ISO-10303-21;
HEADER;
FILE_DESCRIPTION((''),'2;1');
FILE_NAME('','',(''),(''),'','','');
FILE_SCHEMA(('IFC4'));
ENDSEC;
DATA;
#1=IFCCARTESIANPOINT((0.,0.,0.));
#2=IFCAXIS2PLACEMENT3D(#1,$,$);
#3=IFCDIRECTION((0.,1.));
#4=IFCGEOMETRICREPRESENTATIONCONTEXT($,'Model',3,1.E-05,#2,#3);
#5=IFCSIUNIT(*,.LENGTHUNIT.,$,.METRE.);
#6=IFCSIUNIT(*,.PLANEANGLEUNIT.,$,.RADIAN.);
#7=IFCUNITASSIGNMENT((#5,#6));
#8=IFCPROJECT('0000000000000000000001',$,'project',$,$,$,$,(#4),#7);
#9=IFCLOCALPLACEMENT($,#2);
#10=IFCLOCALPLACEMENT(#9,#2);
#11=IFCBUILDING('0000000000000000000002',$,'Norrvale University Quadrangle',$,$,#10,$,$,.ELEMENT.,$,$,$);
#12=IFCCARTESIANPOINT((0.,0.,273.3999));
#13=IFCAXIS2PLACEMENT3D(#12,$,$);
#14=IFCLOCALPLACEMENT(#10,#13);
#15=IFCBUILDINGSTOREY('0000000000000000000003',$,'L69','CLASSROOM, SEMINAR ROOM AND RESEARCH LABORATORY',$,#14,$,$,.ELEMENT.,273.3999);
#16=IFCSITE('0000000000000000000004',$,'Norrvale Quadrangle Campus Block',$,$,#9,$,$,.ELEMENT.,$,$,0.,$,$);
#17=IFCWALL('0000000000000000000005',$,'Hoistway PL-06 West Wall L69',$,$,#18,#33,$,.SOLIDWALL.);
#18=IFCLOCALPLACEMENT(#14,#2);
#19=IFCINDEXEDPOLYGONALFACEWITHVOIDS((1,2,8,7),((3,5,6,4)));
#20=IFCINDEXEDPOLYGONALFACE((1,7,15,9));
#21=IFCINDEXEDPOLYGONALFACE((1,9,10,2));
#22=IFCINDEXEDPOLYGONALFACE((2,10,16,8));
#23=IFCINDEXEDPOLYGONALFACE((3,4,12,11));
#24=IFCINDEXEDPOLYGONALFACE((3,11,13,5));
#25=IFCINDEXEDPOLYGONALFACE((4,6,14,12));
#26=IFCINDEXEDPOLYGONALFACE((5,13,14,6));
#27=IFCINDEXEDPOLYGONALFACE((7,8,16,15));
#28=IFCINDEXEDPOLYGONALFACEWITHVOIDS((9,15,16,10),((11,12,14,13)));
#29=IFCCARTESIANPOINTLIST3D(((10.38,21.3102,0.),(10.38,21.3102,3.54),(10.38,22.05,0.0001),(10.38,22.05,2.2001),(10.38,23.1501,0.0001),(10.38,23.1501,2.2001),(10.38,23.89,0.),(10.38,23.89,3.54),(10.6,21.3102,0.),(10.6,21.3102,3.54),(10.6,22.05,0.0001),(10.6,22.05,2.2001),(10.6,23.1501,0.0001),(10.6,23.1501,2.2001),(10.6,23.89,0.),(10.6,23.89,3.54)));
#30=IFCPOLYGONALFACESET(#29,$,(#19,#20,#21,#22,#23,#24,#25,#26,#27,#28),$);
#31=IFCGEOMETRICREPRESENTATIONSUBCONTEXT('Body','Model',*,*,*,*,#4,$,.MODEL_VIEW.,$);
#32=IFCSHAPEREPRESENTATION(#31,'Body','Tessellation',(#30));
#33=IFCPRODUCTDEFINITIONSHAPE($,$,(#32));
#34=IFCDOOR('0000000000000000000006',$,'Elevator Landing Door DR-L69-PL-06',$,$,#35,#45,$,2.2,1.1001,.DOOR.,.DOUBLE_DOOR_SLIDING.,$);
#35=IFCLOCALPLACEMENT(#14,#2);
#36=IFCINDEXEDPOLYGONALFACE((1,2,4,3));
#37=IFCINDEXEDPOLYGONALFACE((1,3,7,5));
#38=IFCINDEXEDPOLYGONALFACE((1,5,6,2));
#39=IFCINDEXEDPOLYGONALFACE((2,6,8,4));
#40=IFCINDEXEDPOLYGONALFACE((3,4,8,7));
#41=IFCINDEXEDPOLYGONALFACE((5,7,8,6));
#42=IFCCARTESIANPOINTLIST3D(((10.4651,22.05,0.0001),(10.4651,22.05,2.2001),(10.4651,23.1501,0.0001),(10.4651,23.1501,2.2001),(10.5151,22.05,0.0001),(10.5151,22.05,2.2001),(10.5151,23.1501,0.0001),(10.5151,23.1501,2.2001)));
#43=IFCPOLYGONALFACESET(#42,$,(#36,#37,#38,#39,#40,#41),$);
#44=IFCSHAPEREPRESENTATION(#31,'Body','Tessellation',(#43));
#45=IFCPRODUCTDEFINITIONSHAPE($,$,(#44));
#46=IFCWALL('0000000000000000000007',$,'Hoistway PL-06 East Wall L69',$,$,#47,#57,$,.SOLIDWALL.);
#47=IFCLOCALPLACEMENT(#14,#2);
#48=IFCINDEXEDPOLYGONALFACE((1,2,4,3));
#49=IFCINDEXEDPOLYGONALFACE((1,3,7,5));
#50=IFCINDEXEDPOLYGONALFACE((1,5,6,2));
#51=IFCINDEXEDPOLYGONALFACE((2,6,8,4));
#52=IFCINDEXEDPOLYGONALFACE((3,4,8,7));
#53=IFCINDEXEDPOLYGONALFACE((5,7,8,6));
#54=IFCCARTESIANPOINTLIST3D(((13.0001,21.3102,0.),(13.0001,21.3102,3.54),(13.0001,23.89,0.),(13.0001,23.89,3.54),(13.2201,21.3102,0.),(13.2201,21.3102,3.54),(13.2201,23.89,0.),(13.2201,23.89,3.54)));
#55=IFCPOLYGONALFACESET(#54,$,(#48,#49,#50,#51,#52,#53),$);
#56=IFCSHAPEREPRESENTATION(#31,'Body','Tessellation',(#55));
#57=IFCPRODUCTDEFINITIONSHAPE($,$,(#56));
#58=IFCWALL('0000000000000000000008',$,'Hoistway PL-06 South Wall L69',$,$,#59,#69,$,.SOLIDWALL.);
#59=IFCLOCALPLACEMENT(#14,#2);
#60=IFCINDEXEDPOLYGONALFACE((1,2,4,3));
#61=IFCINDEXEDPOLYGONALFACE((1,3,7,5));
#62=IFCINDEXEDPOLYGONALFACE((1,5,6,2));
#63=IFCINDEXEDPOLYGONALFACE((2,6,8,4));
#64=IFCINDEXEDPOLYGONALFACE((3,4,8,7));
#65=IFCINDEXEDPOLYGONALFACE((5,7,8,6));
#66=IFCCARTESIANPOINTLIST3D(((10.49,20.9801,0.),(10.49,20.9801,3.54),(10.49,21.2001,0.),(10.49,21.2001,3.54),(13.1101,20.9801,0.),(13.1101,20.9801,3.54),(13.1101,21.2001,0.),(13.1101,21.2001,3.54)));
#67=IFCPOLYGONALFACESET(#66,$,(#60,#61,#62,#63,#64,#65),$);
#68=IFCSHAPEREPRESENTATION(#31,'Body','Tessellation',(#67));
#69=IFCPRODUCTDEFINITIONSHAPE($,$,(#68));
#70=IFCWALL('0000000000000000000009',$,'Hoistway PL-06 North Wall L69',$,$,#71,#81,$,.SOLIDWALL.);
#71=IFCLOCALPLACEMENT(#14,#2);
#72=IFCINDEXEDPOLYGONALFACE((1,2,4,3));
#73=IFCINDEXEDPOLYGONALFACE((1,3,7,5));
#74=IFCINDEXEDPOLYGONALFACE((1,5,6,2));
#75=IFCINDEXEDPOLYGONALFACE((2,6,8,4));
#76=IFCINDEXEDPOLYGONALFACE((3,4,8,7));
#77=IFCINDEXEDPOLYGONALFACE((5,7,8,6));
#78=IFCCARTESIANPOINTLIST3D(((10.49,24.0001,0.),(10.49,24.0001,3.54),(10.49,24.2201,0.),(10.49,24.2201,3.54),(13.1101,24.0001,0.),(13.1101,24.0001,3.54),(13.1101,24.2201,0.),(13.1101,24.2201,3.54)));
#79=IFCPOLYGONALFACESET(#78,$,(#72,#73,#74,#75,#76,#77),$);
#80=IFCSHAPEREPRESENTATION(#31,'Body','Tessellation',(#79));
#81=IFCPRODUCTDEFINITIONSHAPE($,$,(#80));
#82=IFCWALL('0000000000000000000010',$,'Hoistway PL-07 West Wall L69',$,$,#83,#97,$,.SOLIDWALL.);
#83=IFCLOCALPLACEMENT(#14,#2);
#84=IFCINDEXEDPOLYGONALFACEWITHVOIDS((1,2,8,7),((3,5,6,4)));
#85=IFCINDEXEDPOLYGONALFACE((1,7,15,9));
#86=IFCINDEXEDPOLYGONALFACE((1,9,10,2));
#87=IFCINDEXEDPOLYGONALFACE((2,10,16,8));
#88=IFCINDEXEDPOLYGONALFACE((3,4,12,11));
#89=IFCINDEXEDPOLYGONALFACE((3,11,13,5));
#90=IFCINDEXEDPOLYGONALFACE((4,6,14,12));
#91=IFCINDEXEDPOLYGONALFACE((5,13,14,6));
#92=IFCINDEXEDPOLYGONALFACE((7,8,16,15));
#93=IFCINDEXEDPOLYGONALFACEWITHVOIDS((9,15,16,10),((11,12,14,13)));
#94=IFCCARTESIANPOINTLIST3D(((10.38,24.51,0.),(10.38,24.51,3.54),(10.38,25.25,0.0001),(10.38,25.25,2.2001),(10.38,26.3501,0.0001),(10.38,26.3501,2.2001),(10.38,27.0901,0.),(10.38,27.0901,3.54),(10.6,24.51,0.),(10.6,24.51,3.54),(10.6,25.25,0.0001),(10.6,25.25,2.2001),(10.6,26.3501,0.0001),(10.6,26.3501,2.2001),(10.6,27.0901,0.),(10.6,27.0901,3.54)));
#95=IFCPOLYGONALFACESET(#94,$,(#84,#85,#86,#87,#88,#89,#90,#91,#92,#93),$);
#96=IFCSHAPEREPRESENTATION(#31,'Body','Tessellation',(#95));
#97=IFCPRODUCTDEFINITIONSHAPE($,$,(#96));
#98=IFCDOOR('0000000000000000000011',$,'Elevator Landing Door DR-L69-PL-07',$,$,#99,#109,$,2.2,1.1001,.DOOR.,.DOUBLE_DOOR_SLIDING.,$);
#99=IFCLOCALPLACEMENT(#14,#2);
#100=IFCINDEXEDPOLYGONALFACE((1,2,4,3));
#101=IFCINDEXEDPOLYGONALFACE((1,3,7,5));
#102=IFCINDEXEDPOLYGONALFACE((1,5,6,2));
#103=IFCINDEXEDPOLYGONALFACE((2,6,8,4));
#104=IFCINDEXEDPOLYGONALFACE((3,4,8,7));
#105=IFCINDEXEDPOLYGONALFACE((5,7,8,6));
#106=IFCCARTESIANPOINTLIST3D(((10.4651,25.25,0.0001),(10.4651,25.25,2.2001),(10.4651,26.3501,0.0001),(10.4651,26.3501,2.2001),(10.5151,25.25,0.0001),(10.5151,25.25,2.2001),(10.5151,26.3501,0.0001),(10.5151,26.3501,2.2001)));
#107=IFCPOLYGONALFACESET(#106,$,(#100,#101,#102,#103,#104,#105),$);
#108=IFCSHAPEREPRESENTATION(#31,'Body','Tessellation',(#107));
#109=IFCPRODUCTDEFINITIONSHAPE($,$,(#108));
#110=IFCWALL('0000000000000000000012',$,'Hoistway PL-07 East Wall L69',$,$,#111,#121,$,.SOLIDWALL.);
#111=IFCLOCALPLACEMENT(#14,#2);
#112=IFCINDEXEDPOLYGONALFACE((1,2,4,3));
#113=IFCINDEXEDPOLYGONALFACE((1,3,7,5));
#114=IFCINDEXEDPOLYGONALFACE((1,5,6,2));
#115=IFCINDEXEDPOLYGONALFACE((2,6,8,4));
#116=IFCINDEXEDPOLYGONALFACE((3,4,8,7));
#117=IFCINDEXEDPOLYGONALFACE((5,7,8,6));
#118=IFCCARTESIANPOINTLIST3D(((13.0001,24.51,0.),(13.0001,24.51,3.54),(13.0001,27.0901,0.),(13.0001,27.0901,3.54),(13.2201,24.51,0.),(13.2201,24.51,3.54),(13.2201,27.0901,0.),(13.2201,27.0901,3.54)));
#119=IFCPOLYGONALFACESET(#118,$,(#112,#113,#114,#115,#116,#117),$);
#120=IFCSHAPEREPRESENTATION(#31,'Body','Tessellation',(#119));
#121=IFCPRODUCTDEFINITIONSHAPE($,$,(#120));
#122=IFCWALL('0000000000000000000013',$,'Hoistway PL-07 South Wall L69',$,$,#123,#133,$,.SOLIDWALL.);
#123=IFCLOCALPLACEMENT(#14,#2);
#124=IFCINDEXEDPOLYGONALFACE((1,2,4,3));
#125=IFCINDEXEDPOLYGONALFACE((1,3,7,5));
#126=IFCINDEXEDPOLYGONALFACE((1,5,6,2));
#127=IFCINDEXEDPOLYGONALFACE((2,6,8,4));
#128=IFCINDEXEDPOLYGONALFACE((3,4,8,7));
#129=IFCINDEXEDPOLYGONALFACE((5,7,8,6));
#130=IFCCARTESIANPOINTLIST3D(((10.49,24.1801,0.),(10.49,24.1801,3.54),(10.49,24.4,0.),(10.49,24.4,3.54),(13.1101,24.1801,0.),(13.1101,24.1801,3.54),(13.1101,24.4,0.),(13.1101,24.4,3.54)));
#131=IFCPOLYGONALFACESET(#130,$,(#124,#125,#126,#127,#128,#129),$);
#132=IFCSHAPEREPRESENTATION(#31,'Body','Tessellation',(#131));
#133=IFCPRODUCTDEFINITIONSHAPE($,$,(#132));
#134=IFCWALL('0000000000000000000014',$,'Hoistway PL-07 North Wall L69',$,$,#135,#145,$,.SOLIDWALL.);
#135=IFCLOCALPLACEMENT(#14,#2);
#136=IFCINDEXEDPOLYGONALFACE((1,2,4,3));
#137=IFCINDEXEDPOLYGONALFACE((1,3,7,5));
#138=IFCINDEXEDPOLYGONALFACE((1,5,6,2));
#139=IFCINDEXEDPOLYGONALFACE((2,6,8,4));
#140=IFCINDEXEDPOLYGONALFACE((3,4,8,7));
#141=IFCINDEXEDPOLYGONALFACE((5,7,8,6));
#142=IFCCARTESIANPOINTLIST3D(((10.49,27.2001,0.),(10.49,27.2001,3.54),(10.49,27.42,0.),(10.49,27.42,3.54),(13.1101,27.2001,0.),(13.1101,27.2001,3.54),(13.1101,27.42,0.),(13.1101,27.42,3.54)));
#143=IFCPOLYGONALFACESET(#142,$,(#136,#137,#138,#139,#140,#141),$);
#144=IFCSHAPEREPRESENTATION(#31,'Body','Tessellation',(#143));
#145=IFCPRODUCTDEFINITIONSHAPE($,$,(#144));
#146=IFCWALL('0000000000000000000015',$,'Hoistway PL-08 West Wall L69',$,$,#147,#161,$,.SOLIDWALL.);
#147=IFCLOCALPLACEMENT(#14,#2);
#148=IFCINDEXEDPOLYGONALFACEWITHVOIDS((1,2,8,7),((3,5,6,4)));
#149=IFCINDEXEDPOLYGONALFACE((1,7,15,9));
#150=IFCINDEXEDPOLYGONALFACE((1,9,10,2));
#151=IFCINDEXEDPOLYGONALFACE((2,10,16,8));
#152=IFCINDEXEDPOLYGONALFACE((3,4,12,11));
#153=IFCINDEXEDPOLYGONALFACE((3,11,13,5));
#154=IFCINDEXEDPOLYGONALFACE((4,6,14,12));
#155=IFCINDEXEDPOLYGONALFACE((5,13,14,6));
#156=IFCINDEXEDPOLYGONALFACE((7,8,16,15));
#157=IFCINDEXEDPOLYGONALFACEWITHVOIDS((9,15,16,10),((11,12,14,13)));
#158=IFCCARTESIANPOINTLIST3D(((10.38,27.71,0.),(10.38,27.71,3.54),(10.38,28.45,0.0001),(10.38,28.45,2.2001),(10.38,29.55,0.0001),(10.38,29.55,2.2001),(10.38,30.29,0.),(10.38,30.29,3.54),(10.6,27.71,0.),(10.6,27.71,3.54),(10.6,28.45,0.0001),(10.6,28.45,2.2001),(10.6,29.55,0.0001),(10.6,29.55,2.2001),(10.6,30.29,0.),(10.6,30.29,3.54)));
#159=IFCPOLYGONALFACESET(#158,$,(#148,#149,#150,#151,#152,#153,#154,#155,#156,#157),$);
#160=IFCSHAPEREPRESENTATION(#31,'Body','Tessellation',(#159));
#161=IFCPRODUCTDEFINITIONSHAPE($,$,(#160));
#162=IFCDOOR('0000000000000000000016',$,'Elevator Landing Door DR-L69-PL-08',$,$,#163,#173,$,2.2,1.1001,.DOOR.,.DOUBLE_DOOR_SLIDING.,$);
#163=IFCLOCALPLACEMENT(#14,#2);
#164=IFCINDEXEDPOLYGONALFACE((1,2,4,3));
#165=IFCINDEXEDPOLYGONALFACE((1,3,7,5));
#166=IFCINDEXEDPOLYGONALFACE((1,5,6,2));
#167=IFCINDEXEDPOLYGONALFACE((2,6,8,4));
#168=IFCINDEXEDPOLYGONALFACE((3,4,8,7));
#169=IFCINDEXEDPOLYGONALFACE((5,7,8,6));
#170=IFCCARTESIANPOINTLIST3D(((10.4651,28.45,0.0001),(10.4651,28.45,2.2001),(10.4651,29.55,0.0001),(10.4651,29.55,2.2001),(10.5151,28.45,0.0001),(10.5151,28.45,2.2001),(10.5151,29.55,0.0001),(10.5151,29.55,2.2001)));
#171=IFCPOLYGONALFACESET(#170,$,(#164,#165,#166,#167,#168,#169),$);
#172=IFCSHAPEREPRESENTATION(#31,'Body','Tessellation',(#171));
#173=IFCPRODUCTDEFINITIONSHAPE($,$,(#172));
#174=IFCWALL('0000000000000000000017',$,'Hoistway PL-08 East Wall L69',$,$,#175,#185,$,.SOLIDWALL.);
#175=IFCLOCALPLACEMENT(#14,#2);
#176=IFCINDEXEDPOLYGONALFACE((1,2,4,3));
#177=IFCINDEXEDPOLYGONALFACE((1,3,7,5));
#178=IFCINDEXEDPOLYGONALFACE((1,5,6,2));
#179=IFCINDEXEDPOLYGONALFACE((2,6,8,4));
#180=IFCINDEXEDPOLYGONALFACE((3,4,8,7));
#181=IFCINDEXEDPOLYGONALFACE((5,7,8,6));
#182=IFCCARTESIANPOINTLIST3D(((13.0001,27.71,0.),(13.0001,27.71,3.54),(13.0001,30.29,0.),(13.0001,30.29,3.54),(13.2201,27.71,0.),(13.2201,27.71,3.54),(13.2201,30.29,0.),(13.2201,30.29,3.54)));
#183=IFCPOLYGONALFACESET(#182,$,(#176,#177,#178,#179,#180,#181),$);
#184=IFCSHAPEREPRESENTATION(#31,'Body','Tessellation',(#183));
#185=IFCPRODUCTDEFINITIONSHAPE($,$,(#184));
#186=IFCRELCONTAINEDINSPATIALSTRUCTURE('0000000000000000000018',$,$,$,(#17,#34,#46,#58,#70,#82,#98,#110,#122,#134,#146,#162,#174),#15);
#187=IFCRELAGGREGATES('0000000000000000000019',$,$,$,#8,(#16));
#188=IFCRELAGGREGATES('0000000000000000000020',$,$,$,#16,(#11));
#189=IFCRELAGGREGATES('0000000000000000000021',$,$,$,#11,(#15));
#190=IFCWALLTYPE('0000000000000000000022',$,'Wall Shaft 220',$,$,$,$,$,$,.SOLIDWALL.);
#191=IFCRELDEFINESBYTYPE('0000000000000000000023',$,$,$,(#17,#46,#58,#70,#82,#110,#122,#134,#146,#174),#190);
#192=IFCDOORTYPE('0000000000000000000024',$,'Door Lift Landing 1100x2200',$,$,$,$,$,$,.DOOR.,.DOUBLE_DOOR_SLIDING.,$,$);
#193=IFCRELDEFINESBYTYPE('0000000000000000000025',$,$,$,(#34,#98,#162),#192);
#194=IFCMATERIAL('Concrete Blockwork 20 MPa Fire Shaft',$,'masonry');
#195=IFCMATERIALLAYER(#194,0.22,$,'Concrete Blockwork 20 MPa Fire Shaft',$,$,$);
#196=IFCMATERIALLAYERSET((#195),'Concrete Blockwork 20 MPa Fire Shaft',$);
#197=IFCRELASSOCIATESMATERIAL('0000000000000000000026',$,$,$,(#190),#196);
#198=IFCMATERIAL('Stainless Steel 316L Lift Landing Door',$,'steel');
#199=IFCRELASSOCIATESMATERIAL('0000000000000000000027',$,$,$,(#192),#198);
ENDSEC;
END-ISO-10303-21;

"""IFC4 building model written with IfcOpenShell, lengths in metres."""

from ifc_helpers import new_model, si_unit, direction, frame, frame_2d, origin, place, context, subcontext, project, spatial, rectangle, extrude, material, layer, layer_set, type_object, element, fill, save


model = new_model("IFC4")

# Units and contexts
model_context = context("Model", 3, precision=1e-05, world=origin(), true_north=direction((0.0, 1.0)))
body_context = subcontext(model_context, "Body", "Model", "MODEL_VIEW")
ifc_project = project(units=[si_unit("LENGTHUNIT", "METRE"), si_unit("PLANEANGLEUNIT", "RADIAN")], contexts=[model_context])

# Site, building, storey
site_placement = place(None, origin())
site = spatial("IfcSite", under=ifc_project, at=site_placement, Name="Norrvale Quadrangle Campus Block", CompositionType="ELEMENT", RefElevation=0.0)
building_placement = place(site_placement, origin())
building = spatial("IfcBuilding", under=site, at=building_placement, Name="Norrvale University Quadrangle", CompositionType="ELEMENT")
storey_placement = place(building_placement, frame((0.0, 0.0, 273.3999)))
storey = spatial("IfcBuildingStorey", under=building, at=storey_placement, Name="L69", Description="CLASSROOM, SEMINAR ROOM AND RESEARCH LABORATORY", CompositionType="ELEMENT", Elevation=273.3999)

# Shared definitions
ifc_material_1 = material(Name="Concrete Blockwork 20 MPa Fire Shaft", Category="masonry")
ifc_layer_1 = layer(ifc_material_1, 0.22, Name="Concrete Blockwork 20 MPa Fire Shaft")
ifc_layer_set_1 = layer_set([ifc_layer_1], Name="Concrete Blockwork 20 MPa Fire Shaft")
wall_type_1 = type_object("IfcWallType", Name="Wall Shaft 220", PredefinedType="SOLIDWALL", material=ifc_layer_set_1)

# Wall, opening, door
wall_1_placement = place(storey_placement, frame((10.49, 21.3101, 0.0), z_axis=(0.0, 0.0, 1.0), x_axis=(0.0, 1.0, 0.0)))
wall_1 = element("IfcWall", 1, at=wall_1_placement, inside=storey, type_object=wall_type_1, Name="Hoistway PL-06 West Wall L69", PredefinedType="SOLIDWALL", context=body_context, shape_type="SweptSolid", body=[
    extrude(rectangle(XDim=2.5798, YDim=0.22, at=frame_2d((1.29, 0.0))), origin(), (0.0, 0.0, 1.0), 3.54),
])
opening_1_placement = place(wall_1_placement, frame((0.74, 0.0, 0.0)))
opening_1 = element("IfcOpeningElement", 2, at=opening_1_placement, cuts=wall_1, PredefinedType="OPENING", context=body_context, shape_type="SweptSolid", body=[
    extrude(rectangle(XDim=1.1001, YDim=2.2, at=frame_2d((0.55, 1.1001))), frame((0.0, 0.1221, 0.0), z_axis=(0.0, -1.0, 0.0), x_axis=(1.0, 0.0, 0.0)), (0.0, 0.0, 1.0), 0.2439),
])
ifc_material_2 = material(Name="Stainless Steel 316L Lift Landing Door", Category="steel")
door_type_1 = type_object("IfcDoorType", Name="Door Lift Landing 1100x2200", OperationType="DOUBLE_DOOR_SLIDING", PredefinedType="DOOR", material=ifc_material_2)
door_1_placement = place(opening_1_placement, origin())
door_1 = element("IfcDoor", 3, at=door_1_placement, inside=storey, type_object=door_type_1, Name="Elevator Landing Door DR-L69-PL-06", OperationType="DOUBLE_DOOR_SLIDING", OverallHeight=2.2, OverallWidth=1.1001, PredefinedType="DOOR", context=body_context, shape_type="SweptSolid", body=[
    extrude(rectangle(XDim=1.1001, YDim=2.2, at=frame_2d((0.55, 1.1001))), frame((0.0, 0.0249, 0.0), z_axis=(0.0, -1.0, 0.0), x_axis=(1.0, 0.0, 0.0)), (0.0, 0.0, 1.0), 0.05),
])
fill(opening_1, door_1)

# Walls
wall_2_placement = place(storey_placement, frame((13.1101, 21.3101, 0.0), z_axis=(0.0, 0.0, 1.0), x_axis=(0.0, 1.0, 0.0)))
element("IfcWall", 4, at=wall_2_placement, inside=storey, type_object=wall_type_1, Name="Hoistway PL-06 East Wall L69", PredefinedType="SOLIDWALL", context=body_context, shape_type="SweptSolid", body=[
    extrude(rectangle(XDim=2.5798, YDim=0.22, at=frame_2d((1.29, 0.0))), origin(), (0.0, 0.0, 1.0), 3.54),
])
for number, where, z_axis, x_axis, name in (
    (5, (10.49, 21.0901, 0.0), (0.0, 0.0, 1.0), (1.0, 0.0, 0.0), "Hoistway PL-06 South Wall L69"),
    (6, (10.49, 24.1101, 0.0), (0.0, 0.0, 1.0), (1.0, 0.0, 0.0), "Hoistway PL-06 North Wall L69"),
):
    element("IfcWall", number, at=place(storey_placement, frame(where, z_axis=z_axis, x_axis=x_axis)), inside=storey, type_object=wall_type_1, Name=name, PredefinedType="SOLIDWALL", context=body_context, shape_type="SweptSolid", body=[
        extrude(rectangle(XDim=2.6201, YDim=0.22, at=frame_2d((1.3101, 0.0))), origin(), (0.0, 0.0, 1.0), 3.54),
    ])

# Wall, opening, door
wall_3_placement = place(storey_placement, frame((10.49, 24.51, 0.0), z_axis=(0.0, 0.0, 1.0), x_axis=(0.0, 1.0, 0.0)))
wall_3 = element("IfcWall", 7, at=wall_3_placement, inside=storey, type_object=wall_type_1, Name="Hoistway PL-07 West Wall L69", PredefinedType="SOLIDWALL", context=body_context, shape_type="SweptSolid", body=[
    extrude(rectangle(XDim=2.5801, YDim=0.22, at=frame_2d((1.29, 0.0))), origin(), (0.0, 0.0, 1.0), 3.54),
])
opening_2_placement = place(wall_3_placement, frame((0.74, 0.0, 0.0)))
opening_2 = element("IfcOpeningElement", 8, at=opening_2_placement, cuts=wall_3, PredefinedType="OPENING", context=body_context, shape_type="SweptSolid", body=[
    extrude(rectangle(XDim=1.1001, YDim=2.2, at=frame_2d((0.55, 1.1001))), frame((0.0, 0.1221, 0.0), z_axis=(0.0, -1.0, 0.0), x_axis=(1.0, 0.0, 0.0)), (0.0, 0.0, 1.0), 0.2439),
])
door_2_placement = place(opening_2_placement, origin())
door_2 = element("IfcDoor", 9, at=door_2_placement, inside=storey, type_object=door_type_1, Name="Elevator Landing Door DR-L69-PL-07", OperationType="DOUBLE_DOOR_SLIDING", OverallHeight=2.2, OverallWidth=1.1001, PredefinedType="DOOR", context=body_context, shape_type="SweptSolid", body=[
    extrude(rectangle(XDim=1.1001, YDim=2.2, at=frame_2d((0.55, 1.1001))), frame((0.0, 0.0249, 0.0), z_axis=(0.0, -1.0, 0.0), x_axis=(1.0, 0.0, 0.0)), (0.0, 0.0, 1.0), 0.05),
])
fill(opening_2, door_2)

# Walls
wall_4_placement = place(storey_placement, frame((13.1101, 24.51, 0.0), z_axis=(0.0, 0.0, 1.0), x_axis=(0.0, 1.0, 0.0)))
element("IfcWall", 10, at=wall_4_placement, inside=storey, type_object=wall_type_1, Name="Hoistway PL-07 East Wall L69", PredefinedType="SOLIDWALL", context=body_context, shape_type="SweptSolid", body=[
    extrude(rectangle(XDim=2.5801, YDim=0.22, at=frame_2d((1.29, 0.0))), origin(), (0.0, 0.0, 1.0), 3.54),
])
for number, where, z_axis, x_axis, name in (
    (11, (10.49, 24.29, 0.0), (0.0, 0.0, 1.0), (1.0, 0.0, 0.0), "Hoistway PL-07 South Wall L69"),
    (12, (10.49, 27.3101, 0.0), (0.0, 0.0, 1.0), (1.0, 0.0, 0.0), "Hoistway PL-07 North Wall L69"),
):
    element("IfcWall", number, at=place(storey_placement, frame(where, z_axis=z_axis, x_axis=x_axis)), inside=storey, type_object=wall_type_1, Name=name, PredefinedType="SOLIDWALL", context=body_context, shape_type="SweptSolid", body=[
        extrude(rectangle(XDim=2.6201, YDim=0.22, at=frame_2d((1.3101, 0.0))), origin(), (0.0, 0.0, 1.0), 3.54),
    ])

# Wall, opening, door
wall_5_placement = place(storey_placement, frame((10.49, 27.71, 0.0), z_axis=(0.0, 0.0, 1.0), x_axis=(0.0, 1.0, 0.0)))
wall_5 = element("IfcWall", 13, at=wall_5_placement, inside=storey, type_object=wall_type_1, Name="Hoistway PL-08 West Wall L69", PredefinedType="SOLIDWALL", context=body_context, shape_type="SweptSolid", body=[
    extrude(rectangle(XDim=2.5801, YDim=0.22, at=frame_2d((1.29, 0.0))), origin(), (0.0, 0.0, 1.0), 3.54),
])
opening_3_placement = place(wall_5_placement, frame((0.74, 0.0, 0.0)))
opening_3 = element("IfcOpeningElement", 14, at=opening_3_placement, cuts=wall_5, PredefinedType="OPENING", context=body_context, shape_type="SweptSolid", body=[
    extrude(rectangle(XDim=1.1001, YDim=2.2, at=frame_2d((0.55, 1.1001))), frame((0.0, 0.1221, 0.0), z_axis=(0.0, -1.0, 0.0), x_axis=(1.0, 0.0, 0.0)), (0.0, 0.0, 1.0), 0.2439),
])
door_3_placement = place(opening_3_placement, origin())
door_3 = element("IfcDoor", 15, at=door_3_placement, inside=storey, type_object=door_type_1, Name="Elevator Landing Door DR-L69-PL-08", OperationType="DOUBLE_DOOR_SLIDING", OverallHeight=2.2, OverallWidth=1.1001, PredefinedType="DOOR", context=body_context, shape_type="SweptSolid", body=[
    extrude(rectangle(XDim=1.1001, YDim=2.2, at=frame_2d((0.55, 1.1001))), frame((0.0, 0.0249, 0.0), z_axis=(0.0, -1.0, 0.0), x_axis=(1.0, 0.0, 0.0)), (0.0, 0.0, 1.0), 0.05),
])
fill(opening_3, door_3)

# Wall
wall_6_placement = place(storey_placement, frame((13.1101, 27.71, 0.0), z_axis=(0.0, 0.0, 1.0), x_axis=(0.0, 1.0, 0.0)))
element("IfcWall", 16, at=wall_6_placement, inside=storey, type_object=wall_type_1, Name="Hoistway PL-08 East Wall L69", PredefinedType="SOLIDWALL", context=body_context, shape_type="SweptSolid", body=[
    extrude(rectangle(XDim=2.5801, YDim=0.22, at=frame_2d((1.29, 0.0))), origin(), (0.0, 0.0, 1.0), 3.54),
])

save(model, "model.ifc")
